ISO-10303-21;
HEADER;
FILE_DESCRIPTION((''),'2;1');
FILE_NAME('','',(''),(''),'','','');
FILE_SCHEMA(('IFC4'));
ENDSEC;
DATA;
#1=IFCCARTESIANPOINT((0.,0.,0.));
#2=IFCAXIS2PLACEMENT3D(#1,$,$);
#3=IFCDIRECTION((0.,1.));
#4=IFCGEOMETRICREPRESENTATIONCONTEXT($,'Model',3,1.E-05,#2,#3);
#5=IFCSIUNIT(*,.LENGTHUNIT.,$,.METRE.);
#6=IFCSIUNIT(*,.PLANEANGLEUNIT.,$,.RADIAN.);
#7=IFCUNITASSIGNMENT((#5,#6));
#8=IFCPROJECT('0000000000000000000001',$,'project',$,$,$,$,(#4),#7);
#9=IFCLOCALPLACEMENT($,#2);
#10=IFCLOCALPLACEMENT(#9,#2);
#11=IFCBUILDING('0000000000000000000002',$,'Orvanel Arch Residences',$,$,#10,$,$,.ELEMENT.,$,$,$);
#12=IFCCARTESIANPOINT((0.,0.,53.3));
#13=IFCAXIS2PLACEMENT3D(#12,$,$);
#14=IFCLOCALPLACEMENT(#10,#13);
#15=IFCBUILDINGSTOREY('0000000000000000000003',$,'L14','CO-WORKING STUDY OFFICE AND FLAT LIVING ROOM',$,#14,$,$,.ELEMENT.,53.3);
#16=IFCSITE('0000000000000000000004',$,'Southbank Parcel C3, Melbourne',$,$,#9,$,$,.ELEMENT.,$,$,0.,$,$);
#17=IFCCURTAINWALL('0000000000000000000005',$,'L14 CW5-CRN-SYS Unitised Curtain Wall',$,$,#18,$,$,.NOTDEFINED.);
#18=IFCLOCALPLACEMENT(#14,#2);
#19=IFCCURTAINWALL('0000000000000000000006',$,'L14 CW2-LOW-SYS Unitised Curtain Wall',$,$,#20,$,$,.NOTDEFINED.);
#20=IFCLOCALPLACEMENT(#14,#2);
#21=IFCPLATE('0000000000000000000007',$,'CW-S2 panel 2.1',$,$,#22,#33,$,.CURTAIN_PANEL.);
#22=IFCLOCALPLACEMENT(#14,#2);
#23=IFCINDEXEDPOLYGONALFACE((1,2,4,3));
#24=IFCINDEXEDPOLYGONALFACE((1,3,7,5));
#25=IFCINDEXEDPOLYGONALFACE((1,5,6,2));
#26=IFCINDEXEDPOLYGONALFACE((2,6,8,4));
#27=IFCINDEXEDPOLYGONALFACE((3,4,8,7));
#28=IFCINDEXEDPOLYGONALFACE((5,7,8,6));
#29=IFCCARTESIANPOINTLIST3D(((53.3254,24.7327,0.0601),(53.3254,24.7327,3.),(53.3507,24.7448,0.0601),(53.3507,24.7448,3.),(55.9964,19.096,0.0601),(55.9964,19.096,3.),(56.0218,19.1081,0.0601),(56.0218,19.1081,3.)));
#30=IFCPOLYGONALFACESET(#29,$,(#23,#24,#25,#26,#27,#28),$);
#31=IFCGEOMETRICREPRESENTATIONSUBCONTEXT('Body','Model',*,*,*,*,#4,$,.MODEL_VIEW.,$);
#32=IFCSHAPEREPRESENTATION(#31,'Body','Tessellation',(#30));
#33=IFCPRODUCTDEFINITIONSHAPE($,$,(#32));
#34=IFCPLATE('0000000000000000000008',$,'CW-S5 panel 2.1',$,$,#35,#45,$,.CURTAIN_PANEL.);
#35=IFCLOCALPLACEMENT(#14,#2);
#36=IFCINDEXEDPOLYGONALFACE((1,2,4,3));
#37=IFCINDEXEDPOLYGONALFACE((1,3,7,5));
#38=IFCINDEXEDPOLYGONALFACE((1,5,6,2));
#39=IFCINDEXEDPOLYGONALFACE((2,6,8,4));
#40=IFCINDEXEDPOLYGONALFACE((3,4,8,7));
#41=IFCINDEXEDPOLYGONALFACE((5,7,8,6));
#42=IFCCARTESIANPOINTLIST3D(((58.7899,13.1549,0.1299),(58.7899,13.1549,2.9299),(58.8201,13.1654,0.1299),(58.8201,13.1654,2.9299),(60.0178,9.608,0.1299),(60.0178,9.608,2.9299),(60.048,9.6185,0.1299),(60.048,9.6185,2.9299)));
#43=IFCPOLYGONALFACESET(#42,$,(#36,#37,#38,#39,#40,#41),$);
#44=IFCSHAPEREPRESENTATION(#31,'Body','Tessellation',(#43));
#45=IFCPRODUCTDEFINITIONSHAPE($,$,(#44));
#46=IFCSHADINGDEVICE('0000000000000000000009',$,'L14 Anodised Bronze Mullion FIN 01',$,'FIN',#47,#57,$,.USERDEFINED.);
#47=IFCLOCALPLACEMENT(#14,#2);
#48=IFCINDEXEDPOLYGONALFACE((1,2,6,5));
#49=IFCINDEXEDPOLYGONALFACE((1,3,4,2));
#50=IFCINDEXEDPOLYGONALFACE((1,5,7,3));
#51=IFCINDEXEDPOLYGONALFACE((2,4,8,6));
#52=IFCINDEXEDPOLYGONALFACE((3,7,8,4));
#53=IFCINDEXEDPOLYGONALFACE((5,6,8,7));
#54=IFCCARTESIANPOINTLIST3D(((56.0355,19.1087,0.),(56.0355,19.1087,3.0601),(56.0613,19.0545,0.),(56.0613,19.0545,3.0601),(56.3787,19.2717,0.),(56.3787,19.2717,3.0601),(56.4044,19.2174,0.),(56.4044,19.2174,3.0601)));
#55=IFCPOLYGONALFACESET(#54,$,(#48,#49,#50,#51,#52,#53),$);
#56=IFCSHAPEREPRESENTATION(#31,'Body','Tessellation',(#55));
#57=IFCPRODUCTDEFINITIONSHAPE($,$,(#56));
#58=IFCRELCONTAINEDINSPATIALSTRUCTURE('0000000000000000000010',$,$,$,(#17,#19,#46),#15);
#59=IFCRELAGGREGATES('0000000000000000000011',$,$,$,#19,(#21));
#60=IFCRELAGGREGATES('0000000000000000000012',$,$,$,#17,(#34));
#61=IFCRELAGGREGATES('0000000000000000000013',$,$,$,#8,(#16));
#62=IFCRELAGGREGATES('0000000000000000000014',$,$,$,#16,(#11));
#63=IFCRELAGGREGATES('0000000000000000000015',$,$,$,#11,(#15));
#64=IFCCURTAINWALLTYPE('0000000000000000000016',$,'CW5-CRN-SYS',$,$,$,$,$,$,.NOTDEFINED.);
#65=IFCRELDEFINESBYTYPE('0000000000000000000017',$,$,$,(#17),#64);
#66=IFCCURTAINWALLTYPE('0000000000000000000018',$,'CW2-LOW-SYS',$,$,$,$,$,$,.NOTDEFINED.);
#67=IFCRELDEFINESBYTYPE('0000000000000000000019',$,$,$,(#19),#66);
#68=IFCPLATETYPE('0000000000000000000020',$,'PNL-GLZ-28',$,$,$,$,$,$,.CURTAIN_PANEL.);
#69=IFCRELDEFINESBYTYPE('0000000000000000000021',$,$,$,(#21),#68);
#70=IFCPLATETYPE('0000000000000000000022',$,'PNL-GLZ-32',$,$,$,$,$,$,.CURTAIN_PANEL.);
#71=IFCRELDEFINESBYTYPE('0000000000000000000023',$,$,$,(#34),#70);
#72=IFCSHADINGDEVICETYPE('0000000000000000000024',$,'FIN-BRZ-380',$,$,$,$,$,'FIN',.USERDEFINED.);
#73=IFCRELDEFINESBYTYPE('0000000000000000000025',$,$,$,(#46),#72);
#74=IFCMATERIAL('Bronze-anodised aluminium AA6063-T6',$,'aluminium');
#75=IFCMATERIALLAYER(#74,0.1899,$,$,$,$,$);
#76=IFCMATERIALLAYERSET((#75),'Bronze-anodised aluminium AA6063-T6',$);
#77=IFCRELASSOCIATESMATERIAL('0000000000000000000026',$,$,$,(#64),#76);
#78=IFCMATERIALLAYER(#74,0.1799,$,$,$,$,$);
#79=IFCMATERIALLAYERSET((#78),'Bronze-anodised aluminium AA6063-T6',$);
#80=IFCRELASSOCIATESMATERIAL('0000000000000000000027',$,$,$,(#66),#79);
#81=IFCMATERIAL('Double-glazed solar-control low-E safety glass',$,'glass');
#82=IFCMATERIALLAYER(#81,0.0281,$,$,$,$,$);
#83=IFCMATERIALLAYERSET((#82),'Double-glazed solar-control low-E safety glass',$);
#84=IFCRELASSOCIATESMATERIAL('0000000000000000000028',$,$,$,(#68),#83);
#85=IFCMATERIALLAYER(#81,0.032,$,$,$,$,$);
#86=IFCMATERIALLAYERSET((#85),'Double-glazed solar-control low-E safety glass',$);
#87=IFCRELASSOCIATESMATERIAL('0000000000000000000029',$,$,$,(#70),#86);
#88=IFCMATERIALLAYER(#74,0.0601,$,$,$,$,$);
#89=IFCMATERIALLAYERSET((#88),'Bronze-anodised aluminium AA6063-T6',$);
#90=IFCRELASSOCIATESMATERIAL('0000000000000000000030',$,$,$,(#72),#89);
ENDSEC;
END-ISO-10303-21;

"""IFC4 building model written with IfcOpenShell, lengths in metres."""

from ifc_helpers import new_model, si_unit, direction, frame, origin, origin_2d, place, context, subcontext, project, spatial, rectangle, extrude, material, layer, layer_set, type_object, element, aggregate, save


model = new_model("IFC4")

# Units and contexts
model_context = context("Model", 3, precision=1e-05, world=origin(), true_north=direction((0.0, 1.0)))
body_context = subcontext(model_context, "Body", "Model", "MODEL_VIEW")
ifc_project = project(units=[si_unit("LENGTHUNIT", "METRE"), si_unit("PLANEANGLEUNIT", "RADIAN")], contexts=[model_context])

# Site, building, storey
site_placement = place(None, origin())
site = spatial("IfcSite", under=ifc_project, at=site_placement, Name="Southbank Parcel C3, Melbourne", CompositionType="ELEMENT", RefElevation=0.0)
building_placement = place(site_placement, origin())
building = spatial("IfcBuilding", under=site, at=building_placement, Name="Orvanel Arch Residences", CompositionType="ELEMENT")
storey_placement = place(building_placement, frame((0.0, 0.0, 53.3)))
storey = spatial("IfcBuildingStorey", under=building, at=storey_placement, Name="L14", Description="CO-WORKING STUDY OFFICE AND FLAT LIVING ROOM", CompositionType="ELEMENT", Elevation=53.3)

# Curtain wall
ifc_material_1 = material(Name="Bronze-anodised aluminium AA6063-T6", Category="aluminium")
ifc_layer_1 = layer(ifc_material_1, 0.1899)
ifc_layer_set_1 = layer_set([ifc_layer_1], Name="Bronze-anodised aluminium AA6063-T6")
curtain_wall_type_1 = type_object("IfcCurtainWallType", Name="CW5-CRN-SYS", PredefinedType="NOTDEFINED", material=ifc_layer_set_1)
curtain_wall_1_placement = place(storey_placement, origin())
curtain_wall_1 = element("IfcCurtainWall", 1, at=curtain_wall_1_placement, inside=storey, type_object=curtain_wall_type_1, Name="L14 CW5-CRN-SYS Unitised Curtain Wall", PredefinedType="NOTDEFINED")

# Curtain wall
ifc_layer_2 = layer(ifc_material_1, 0.1799)
ifc_layer_set_2 = layer_set([ifc_layer_2], Name="Bronze-anodised aluminium AA6063-T6")
curtain_wall_type_2 = type_object("IfcCurtainWallType", Name="CW2-LOW-SYS", PredefinedType="NOTDEFINED", material=ifc_layer_set_2)
curtain_wall_2_placement = place(storey_placement, origin())
curtain_wall_2 = element("IfcCurtainWall", 2, at=curtain_wall_2_placement, inside=storey, type_object=curtain_wall_type_2, Name="L14 CW2-LOW-SYS Unitised Curtain Wall", PredefinedType="NOTDEFINED")

# Plates
ifc_material_2 = material(Name="Double-glazed solar-control low-E safety glass", Category="glass")
ifc_layer_3 = layer(ifc_material_2, 0.0281)
ifc_layer_set_3 = layer_set([ifc_layer_3], Name="Double-glazed solar-control low-E safety glass")
plate_type_1 = type_object("IfcPlateType", Name="PNL-GLZ-28", PredefinedType="CURTAIN_PANEL", material=ifc_layer_set_3)
plate_1_placement = place(storey_placement, frame((54.6736, 21.9204, 0.0601), z_axis=(0.0, 0.0, 1.0), x_axis=(-0.428225, 0.903672, 0.0)))
plate_1 = element("IfcPlate", 3, at=plate_1_placement, type_object=plate_type_1, Name="CW-S2 panel 2.1", PredefinedType="CURTAIN_PANEL", context=body_context, shape_type="SweptSolid", body=[
    extrude(rectangle(XDim=6.2375, YDim=0.0281, at=origin_2d()), origin(), (0.0, 0.0, 1.0), 2.9399),
])
aggregate(curtain_wall_2, [plate_1])
ifc_layer_4 = layer(ifc_material_2, 0.032)
ifc_layer_set_4 = layer_set([ifc_layer_4], Name="Double-glazed solar-control low-E safety glass")
plate_type_2 = type_object("IfcPlateType", Name="PNL-GLZ-32", PredefinedType="CURTAIN_PANEL", material=ifc_layer_set_4)
plate_2_placement = place(storey_placement, frame((59.4189, 11.3867, 0.1299), z_axis=(0.0, 0.0, 1.0), x_axis=(-0.327141, 0.944976, 0.0)))
plate_2 = element("IfcPlate", 4, at=plate_2_placement, type_object=plate_type_2, Name="CW-S5 panel 2.1", PredefinedType="CURTAIN_PANEL", context=body_context, shape_type="SweptSolid", body=[
    extrude(rectangle(XDim=3.7534, YDim=0.032, at=origin_2d()), origin(), (0.0, 0.0, 1.0), 2.8),
])
aggregate(curtain_wall_1, [plate_2])

# Shading device
ifc_layer_5 = layer(ifc_material_1, 0.0601)
ifc_layer_set_5 = layer_set([ifc_layer_5], Name="Bronze-anodised aluminium AA6063-T6")
shading_device_type = type_object("IfcShadingDeviceType", Name="FIN-BRZ-380", ElementType="FIN", PredefinedType="USERDEFINED", material=ifc_layer_set_5)
shading_device_placement = place(storey_placement, frame((56.22, 19.1631, 0.0), z_axis=(0.0, 0.0, 1.0), x_axis=(0.903335, 0.428935, 0.0)))
element("IfcShadingDevice", 5, at=shading_device_placement, inside=storey, type_object=shading_device_type, Name="L14 Anodised Bronze Mullion FIN 01", ObjectType="FIN", PredefinedType="USERDEFINED", context=body_context, shape_type="SweptSolid", body=[
    extrude(rectangle(XDim=0.3799, YDim=0.0601, at=origin_2d()), origin(), (0.0, 0.0, 1.0), 3.0601),
])

save(model, "model.ifc")
